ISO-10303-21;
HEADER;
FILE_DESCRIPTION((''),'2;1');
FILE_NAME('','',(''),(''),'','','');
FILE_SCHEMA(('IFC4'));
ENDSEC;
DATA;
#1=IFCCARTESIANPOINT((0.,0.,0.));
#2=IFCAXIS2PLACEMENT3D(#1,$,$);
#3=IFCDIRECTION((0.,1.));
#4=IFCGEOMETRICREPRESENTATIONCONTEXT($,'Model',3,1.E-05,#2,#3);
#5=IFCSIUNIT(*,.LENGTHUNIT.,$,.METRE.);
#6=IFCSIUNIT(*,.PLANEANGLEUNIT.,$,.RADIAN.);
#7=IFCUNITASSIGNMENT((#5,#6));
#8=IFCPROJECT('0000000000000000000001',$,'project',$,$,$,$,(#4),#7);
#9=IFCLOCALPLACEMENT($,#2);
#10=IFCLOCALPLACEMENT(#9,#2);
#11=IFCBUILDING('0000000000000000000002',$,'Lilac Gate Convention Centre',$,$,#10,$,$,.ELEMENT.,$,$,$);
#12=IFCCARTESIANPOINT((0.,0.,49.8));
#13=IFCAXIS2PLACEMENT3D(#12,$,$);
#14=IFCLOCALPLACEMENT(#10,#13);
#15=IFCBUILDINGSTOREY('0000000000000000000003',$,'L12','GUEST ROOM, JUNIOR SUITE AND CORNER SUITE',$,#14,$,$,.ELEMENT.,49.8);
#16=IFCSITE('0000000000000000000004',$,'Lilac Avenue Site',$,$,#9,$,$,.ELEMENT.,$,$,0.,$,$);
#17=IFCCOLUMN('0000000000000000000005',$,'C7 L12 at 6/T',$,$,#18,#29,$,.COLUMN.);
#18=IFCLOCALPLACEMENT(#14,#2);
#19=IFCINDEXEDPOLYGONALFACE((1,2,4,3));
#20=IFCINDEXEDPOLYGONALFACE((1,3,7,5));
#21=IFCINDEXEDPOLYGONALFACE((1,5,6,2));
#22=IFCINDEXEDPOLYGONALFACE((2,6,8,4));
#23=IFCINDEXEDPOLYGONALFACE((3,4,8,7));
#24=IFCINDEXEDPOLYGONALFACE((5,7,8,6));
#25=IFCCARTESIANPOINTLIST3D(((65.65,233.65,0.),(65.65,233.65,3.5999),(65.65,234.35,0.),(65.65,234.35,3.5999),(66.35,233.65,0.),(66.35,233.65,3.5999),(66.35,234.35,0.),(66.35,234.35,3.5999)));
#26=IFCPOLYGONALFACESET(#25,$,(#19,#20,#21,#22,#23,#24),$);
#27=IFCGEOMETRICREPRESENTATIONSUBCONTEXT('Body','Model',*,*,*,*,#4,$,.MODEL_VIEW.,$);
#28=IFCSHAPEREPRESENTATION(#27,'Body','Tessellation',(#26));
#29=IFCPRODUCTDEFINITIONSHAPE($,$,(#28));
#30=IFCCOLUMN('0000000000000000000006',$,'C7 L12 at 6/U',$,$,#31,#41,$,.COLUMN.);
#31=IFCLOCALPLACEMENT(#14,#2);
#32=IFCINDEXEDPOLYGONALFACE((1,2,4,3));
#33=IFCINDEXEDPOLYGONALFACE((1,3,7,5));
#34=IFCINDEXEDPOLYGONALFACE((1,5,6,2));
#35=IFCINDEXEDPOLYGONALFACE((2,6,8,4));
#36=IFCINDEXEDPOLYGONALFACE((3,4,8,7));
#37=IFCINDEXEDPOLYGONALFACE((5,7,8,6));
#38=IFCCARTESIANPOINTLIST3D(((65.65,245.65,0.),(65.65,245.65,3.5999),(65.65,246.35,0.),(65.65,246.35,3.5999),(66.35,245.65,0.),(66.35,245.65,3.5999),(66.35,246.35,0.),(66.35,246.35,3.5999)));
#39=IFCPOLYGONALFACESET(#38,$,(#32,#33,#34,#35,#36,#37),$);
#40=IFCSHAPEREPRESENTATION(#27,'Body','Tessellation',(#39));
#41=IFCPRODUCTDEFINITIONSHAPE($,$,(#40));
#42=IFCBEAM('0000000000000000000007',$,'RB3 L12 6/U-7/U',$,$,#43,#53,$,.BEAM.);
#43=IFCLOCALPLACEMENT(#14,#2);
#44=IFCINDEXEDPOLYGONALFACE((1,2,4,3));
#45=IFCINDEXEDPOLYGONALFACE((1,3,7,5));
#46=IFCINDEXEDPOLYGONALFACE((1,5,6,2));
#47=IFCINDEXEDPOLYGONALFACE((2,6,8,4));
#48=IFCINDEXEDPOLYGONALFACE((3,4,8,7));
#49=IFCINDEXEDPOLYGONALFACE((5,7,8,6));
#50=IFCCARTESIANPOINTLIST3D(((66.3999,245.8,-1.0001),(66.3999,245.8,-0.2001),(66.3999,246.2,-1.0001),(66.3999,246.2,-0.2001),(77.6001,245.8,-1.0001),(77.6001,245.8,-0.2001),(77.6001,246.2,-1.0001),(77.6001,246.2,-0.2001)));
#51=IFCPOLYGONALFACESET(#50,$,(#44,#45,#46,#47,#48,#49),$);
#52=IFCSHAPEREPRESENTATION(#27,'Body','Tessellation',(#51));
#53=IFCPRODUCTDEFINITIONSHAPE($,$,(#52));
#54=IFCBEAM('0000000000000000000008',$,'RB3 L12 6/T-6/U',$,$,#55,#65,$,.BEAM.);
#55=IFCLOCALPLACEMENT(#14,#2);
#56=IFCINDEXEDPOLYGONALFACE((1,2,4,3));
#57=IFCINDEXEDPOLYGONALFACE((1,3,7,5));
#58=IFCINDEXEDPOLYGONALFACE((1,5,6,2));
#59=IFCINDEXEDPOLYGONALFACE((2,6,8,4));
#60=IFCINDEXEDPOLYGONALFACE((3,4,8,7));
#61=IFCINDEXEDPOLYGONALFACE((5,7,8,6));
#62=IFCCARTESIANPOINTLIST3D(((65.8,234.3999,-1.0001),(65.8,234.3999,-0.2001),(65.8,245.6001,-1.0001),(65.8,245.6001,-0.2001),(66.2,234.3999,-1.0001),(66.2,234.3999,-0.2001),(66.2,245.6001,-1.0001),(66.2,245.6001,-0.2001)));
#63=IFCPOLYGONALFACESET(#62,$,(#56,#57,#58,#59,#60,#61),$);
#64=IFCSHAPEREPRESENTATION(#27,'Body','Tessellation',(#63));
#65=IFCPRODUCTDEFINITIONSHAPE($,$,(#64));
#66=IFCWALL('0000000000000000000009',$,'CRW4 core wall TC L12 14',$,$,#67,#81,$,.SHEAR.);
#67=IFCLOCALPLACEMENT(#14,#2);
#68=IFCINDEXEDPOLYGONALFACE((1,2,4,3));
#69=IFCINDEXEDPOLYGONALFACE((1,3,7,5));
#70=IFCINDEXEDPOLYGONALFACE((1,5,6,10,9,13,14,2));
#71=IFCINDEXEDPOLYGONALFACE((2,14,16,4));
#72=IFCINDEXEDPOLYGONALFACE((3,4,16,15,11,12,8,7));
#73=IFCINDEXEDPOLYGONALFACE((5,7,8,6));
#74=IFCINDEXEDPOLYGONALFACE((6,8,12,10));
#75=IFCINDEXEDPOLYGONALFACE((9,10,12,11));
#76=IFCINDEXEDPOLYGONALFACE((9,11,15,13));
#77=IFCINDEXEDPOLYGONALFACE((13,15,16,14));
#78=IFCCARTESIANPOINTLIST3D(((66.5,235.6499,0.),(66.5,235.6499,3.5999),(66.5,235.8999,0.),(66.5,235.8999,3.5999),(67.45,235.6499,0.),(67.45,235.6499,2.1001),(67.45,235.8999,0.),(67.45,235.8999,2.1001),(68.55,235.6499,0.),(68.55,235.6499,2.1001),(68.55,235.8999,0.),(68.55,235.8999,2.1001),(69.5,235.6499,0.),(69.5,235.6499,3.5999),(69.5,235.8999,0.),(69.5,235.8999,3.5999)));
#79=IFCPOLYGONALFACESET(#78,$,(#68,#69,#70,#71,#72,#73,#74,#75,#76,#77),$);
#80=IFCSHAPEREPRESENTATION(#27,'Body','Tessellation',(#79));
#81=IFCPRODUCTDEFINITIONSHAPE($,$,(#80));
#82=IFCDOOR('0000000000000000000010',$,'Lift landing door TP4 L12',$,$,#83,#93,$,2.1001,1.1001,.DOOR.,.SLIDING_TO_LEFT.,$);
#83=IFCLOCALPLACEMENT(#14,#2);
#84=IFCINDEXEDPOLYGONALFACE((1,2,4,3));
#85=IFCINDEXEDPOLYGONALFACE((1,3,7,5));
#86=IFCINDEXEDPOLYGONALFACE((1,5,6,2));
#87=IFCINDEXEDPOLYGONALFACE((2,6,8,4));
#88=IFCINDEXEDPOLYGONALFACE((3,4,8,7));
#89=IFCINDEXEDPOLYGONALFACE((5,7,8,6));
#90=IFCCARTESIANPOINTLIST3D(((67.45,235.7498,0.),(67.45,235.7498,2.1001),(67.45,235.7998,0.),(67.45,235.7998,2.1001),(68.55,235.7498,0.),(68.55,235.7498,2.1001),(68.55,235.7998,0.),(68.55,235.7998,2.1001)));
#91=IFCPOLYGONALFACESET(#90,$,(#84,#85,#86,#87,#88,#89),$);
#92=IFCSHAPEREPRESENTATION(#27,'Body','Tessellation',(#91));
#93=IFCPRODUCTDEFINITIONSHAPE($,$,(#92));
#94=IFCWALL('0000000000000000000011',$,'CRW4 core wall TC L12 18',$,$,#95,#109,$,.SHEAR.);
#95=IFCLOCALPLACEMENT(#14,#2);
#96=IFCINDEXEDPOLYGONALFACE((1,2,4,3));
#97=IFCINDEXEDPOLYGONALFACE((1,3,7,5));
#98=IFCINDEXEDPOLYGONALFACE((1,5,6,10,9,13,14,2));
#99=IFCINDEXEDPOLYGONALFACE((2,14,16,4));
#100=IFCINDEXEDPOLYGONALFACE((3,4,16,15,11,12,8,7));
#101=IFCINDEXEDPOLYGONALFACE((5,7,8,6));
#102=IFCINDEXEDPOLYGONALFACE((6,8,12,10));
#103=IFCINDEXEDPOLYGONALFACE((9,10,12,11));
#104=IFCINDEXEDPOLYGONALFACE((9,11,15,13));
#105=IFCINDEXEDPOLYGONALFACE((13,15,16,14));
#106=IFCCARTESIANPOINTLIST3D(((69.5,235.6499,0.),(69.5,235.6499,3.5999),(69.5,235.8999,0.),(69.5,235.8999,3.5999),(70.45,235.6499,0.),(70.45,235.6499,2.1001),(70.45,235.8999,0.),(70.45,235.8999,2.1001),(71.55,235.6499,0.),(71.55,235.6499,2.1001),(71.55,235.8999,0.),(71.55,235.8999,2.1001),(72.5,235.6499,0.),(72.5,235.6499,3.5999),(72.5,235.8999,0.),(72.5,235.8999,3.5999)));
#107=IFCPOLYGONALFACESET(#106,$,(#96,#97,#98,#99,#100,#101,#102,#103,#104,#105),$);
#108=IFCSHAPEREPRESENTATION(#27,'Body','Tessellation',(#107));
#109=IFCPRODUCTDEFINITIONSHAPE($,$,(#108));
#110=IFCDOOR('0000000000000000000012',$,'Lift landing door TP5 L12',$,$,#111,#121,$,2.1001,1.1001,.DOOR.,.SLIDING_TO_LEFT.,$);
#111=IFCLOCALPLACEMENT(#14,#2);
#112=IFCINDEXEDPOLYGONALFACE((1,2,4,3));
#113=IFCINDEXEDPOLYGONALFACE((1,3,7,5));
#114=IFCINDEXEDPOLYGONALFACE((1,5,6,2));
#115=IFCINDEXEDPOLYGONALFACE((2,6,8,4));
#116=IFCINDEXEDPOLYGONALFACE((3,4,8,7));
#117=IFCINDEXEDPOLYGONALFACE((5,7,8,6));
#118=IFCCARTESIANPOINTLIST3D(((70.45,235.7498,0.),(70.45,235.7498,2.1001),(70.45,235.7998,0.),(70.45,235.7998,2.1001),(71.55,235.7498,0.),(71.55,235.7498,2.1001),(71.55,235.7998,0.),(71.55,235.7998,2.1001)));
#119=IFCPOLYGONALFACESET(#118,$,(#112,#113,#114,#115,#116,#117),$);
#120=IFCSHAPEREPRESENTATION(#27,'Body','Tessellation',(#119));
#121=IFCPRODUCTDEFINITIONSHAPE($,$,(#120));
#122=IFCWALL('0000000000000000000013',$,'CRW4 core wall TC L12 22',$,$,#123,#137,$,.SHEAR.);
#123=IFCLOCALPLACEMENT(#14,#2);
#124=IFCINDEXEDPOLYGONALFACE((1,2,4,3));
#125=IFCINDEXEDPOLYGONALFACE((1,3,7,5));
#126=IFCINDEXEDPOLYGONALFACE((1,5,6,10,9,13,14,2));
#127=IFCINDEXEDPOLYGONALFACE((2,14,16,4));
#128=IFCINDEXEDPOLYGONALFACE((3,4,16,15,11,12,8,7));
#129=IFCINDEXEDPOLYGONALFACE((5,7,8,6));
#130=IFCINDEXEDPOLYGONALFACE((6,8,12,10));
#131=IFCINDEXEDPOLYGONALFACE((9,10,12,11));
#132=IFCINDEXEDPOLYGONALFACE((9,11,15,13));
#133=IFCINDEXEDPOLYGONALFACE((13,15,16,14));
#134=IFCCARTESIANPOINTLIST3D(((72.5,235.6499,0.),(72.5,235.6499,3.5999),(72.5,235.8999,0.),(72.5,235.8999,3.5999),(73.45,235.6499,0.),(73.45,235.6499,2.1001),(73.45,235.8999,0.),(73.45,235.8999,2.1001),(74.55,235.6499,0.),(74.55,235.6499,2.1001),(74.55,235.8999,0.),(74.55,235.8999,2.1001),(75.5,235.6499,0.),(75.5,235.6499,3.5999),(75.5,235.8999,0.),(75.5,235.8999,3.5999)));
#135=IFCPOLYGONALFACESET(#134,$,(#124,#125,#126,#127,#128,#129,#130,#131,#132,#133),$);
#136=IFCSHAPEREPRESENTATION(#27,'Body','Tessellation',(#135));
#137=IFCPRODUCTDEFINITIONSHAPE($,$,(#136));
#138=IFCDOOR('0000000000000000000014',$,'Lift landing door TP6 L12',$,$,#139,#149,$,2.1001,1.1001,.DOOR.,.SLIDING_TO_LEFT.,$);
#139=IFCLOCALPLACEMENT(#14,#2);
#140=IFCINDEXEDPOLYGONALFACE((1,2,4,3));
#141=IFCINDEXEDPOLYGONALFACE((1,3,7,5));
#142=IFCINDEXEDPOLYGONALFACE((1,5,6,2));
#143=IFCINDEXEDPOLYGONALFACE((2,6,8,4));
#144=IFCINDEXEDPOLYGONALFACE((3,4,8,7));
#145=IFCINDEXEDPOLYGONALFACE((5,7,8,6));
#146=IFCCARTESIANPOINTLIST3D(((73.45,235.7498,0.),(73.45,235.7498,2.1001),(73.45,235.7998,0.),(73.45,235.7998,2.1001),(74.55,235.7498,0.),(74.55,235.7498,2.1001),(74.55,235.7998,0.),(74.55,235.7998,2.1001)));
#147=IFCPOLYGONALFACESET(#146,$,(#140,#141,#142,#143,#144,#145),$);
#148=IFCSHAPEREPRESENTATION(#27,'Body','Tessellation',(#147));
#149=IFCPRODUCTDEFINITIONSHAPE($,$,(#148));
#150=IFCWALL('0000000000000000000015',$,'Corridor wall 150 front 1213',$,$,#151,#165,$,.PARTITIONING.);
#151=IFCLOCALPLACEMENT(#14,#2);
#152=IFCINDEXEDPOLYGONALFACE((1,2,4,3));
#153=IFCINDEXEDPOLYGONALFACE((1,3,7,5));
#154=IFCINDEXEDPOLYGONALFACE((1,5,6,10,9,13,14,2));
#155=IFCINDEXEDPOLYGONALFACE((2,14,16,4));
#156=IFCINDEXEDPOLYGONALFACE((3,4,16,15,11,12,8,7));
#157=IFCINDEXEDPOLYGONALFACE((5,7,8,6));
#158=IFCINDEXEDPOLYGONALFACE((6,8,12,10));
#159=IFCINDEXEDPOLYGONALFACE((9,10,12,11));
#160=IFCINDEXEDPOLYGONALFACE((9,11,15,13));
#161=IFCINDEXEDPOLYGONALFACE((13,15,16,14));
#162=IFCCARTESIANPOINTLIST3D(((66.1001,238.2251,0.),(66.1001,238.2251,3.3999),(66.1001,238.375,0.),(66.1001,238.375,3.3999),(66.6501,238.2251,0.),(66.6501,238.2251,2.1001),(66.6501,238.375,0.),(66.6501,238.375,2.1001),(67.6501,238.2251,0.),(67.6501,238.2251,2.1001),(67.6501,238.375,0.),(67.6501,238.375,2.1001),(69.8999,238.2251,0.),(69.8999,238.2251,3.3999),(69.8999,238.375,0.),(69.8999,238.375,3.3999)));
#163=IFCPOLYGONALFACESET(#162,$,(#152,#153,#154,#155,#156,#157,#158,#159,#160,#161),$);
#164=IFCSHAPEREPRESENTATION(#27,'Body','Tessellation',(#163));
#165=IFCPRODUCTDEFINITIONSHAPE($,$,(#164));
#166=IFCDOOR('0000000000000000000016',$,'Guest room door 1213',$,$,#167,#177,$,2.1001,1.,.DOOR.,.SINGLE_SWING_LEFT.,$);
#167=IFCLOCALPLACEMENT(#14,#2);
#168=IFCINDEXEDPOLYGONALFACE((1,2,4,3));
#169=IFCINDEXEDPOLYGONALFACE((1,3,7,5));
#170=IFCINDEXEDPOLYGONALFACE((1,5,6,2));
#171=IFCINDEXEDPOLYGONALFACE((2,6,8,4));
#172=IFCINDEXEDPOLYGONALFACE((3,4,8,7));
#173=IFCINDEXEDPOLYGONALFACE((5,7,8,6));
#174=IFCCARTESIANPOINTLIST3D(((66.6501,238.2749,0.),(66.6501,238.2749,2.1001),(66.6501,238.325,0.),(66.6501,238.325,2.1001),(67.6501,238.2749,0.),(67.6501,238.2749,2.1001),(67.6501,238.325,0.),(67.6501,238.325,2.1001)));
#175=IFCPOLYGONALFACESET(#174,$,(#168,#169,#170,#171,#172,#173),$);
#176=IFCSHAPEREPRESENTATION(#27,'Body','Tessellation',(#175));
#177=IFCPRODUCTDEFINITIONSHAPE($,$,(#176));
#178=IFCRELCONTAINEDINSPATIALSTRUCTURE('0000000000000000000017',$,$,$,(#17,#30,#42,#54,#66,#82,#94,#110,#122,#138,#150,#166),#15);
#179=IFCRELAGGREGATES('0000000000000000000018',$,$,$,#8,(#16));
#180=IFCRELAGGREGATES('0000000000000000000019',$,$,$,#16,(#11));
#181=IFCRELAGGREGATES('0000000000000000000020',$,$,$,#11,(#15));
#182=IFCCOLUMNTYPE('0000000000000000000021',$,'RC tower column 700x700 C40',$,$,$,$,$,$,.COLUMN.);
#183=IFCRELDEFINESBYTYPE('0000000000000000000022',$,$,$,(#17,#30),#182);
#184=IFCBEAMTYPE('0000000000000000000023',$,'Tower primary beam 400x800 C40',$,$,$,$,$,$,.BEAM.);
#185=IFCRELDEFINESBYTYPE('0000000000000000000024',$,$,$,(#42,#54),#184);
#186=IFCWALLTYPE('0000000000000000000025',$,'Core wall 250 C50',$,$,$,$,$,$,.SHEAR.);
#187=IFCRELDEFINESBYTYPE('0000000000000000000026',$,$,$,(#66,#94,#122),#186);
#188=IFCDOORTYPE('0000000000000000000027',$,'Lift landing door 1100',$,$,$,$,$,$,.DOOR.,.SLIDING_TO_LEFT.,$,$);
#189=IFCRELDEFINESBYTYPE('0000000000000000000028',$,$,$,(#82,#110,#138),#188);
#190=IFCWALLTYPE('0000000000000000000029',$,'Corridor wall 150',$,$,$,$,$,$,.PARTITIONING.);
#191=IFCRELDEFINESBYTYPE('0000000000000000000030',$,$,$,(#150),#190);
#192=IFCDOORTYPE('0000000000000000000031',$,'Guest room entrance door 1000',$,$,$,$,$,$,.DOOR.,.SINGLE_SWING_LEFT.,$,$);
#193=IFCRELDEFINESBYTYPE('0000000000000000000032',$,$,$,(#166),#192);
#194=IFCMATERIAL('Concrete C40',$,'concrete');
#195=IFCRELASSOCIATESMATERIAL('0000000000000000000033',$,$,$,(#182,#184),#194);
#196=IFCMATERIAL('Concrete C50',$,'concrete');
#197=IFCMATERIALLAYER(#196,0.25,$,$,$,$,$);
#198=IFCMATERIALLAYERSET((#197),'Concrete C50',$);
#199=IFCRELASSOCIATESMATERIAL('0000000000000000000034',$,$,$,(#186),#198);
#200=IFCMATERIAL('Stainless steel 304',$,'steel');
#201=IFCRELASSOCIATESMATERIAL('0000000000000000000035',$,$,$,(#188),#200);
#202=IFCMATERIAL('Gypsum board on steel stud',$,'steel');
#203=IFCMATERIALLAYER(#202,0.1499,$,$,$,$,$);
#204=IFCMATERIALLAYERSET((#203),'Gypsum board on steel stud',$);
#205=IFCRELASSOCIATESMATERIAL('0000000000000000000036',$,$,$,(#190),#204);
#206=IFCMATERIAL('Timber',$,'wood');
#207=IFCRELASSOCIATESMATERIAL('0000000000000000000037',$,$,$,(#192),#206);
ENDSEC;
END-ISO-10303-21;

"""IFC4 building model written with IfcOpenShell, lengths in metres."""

from ifc_helpers import new_model, si_unit, direction, frame, frame_2d, origin, origin_2d, place, context, subcontext, project, spatial, rectangle, extrude, material, layer, layer_set, material_profile, profile_set, type_object, element, fill, save


model = new_model("IFC4")

# Units and contexts
model_context = context("Model", 3, precision=1e-05, world=origin(), true_north=direction((0.0, 1.0)))
body_context = subcontext(model_context, "Body", "Model", "MODEL_VIEW")
ifc_project = project(units=[si_unit("LENGTHUNIT", "METRE"), si_unit("PLANEANGLEUNIT", "RADIAN")], contexts=[model_context])

# Site, building, storey
site_placement = place(None, origin())
site = spatial("IfcSite", under=ifc_project, at=site_placement, Name="Lilac Avenue Site", CompositionType="ELEMENT", RefElevation=0.0)
building_placement = place(site_placement, origin())
building = spatial("IfcBuilding", under=site, at=building_placement, Name="Lilac Gate Convention Centre", CompositionType="ELEMENT")
storey_placement = place(building_placement, frame((0.0, 0.0, 49.8)))
storey = spatial("IfcBuildingStorey", under=building, at=storey_placement, Name="L12", Description="GUEST ROOM, JUNIOR SUITE AND CORNER SUITE", CompositionType="ELEMENT", Elevation=49.8)

# Columns
ifc_material_1 = material(Name="Concrete C40", Category="concrete")
ifc_material_profile_1 = material_profile(ifc_material_1, rectangle(XDim=0.7, YDim=0.7, at=origin_2d()), Name="RC 700x700")
ifc_profile_set_1 = profile_set([ifc_material_profile_1], Name="Concrete C40")
column_type = type_object("IfcColumnType", Name="RC tower column 700x700 C40", PredefinedType="COLUMN", material=ifc_profile_set_1)
for number, where, z_axis, x_axis, name in (
    (1, (66.0, 234.0, 0.0), (0.0, 0.0, 1.0), (1.0, 0.0, 0.0), "C7 L12 at 6/T"),
    (2, (66.0, 246.0, 0.0), (0.0, 0.0, 1.0), (1.0, 0.0, 0.0), "C7 L12 at 6/U"),
):
    element("IfcColumn", number, at=place(storey_placement, frame(where, z_axis=z_axis, x_axis=x_axis)), inside=storey, type_object=column_type, Name=name, PredefinedType="COLUMN", context=body_context, shape_type="SweptSolid", body=[
        extrude(rectangle(XDim=0.7, YDim=0.7, at=origin_2d()), origin(), (0.0, 0.0, 1.0), 3.5999),
    ])

# Beams
ifc_material_profile_2 = material_profile(ifc_material_1, rectangle(XDim=0.3999, YDim=0.8, at=origin_2d()), Name="RC 400x800")
ifc_profile_set_2 = profile_set([ifc_material_profile_2], Name="Concrete C40")
beam_type = type_object("IfcBeamType", Name="Tower primary beam 400x800 C40", PredefinedType="BEAM", material=ifc_profile_set_2)
for number, where, z_axis, x_axis, name in (
    (3, (66.3999, 246.0, -0.6001), (1.0, 0.0, 0.0), (0.0, 1.0, 0.0), "RB3 L12 6/U-7/U"),
    (4, (66.0, 234.3999, -0.6001), (0.0, 1.0, 0.0), (-1.0, 0.0, 0.0), "RB3 L12 6/T-6/U"),
):
    element("IfcBeam", number, at=place(storey_placement, frame(where, z_axis=z_axis, x_axis=x_axis)), inside=storey, type_object=beam_type, Name=name, PredefinedType="BEAM", context=body_context, shape_type="SweptSolid", body=[
        extrude(rectangle(XDim=0.3999, YDim=0.8, at=origin_2d()), origin(), (0.0, 0.0, 1.0), 11.2002),
    ])

# Walls, openings, doors
ifc_material_2 = material(Name="Concrete C50", Category="concrete")
ifc_layer_1 = layer(ifc_material_2, 0.25)
ifc_layer_set_1 = layer_set([ifc_layer_1], Name="Concrete C50")
wall_type_1 = type_object("IfcWallType", Name="Core wall 250 C50", PredefinedType="SHEAR", material=ifc_layer_set_1)
wall_1_placement = place(storey_placement, frame((66.5, 235.7749, 0.0), z_axis=(0.0, 0.0, 1.0), x_axis=(1.0, 0.0, 0.0)))
wall_1 = element("IfcWall", 5, at=wall_1_placement, inside=storey, type_object=wall_type_1, Name="CRW4 core wall TC L12 14", PredefinedType="SHEAR", context=body_context, shape_type="SweptSolid", body=[
    extrude(rectangle(XDim=3.0, YDim=0.25, at=frame_2d((1.5, 0.0))), origin(), (0.0, 0.0, 1.0), 3.5999),
])
opening_1_placement = place(wall_1_placement, frame((0.95, 0.0, 0.0)))
opening_1 = element("IfcOpeningElement", 6, at=opening_1_placement, cuts=wall_1, PredefinedType="OPENING", context=body_context, shape_type="SweptSolid", body=[
    extrude(rectangle(XDim=1.1001, YDim=2.1001, at=frame_2d((0.55, 1.05))), frame((0.0, 0.135, 0.0), z_axis=(0.0, -1.0, 0.0), x_axis=(1.0, 0.0, 0.0)), (0.0, 0.0, 1.0), 0.27),
])
ifc_material_3 = material(Name="Stainless steel 304", Category="steel")
door_type_1 = type_object("IfcDoorType", Name="Lift landing door 1100", OperationType="SLIDING_TO_LEFT", PredefinedType="DOOR", material=ifc_material_3)
door_1_placement = place(opening_1_placement, origin())
door_1 = element("IfcDoor", 7, at=door_1_placement, inside=storey, type_object=door_type_1, Name="Lift landing door TP4 L12", OperationType="SLIDING_TO_LEFT", OverallHeight=2.1001, OverallWidth=1.1001, PredefinedType="DOOR", context=body_context, shape_type="SweptSolid", body=[
    extrude(rectangle(XDim=1.1001, YDim=2.1001, at=frame_2d((0.55, 1.05))), frame((0.0, 0.0249, 0.0), z_axis=(0.0, -1.0, 0.0), x_axis=(1.0, 0.0, 0.0)), (0.0, 0.0, 1.0), 0.05),
])
fill(opening_1, door_1)
wall_2_placement = place(storey_placement, frame((69.5, 235.7749, 0.0), z_axis=(0.0, 0.0, 1.0), x_axis=(1.0, 0.0, 0.0)))
wall_2 = element("IfcWall", 8, at=wall_2_placement, inside=storey, type_object=wall_type_1, Name="CRW4 core wall TC L12 18", PredefinedType="SHEAR", context=body_context, shape_type="SweptSolid", body=[
    extrude(rectangle(XDim=3.0, YDim=0.25, at=frame_2d((1.5, 0.0))), origin(), (0.0, 0.0, 1.0), 3.5999),
])
opening_2_placement = place(wall_2_placement, frame((0.95, 0.0, 0.0)))
opening_2 = element("IfcOpeningElement", 9, at=opening_2_placement, cuts=wall_2, PredefinedType="OPENING", context=body_context, shape_type="SweptSolid", body=[
    extrude(rectangle(XDim=1.1001, YDim=2.1001, at=frame_2d((0.55, 1.05))), frame((0.0, 0.135, 0.0), z_axis=(0.0, -1.0, 0.0), x_axis=(1.0, 0.0, 0.0)), (0.0, 0.0, 1.0), 0.27),
])
door_2_placement = place(opening_2_placement, origin())
door_2 = element("IfcDoor", 10, at=door_2_placement, inside=storey, type_object=door_type_1, Name="Lift landing door TP5 L12", OperationType="SLIDING_TO_LEFT", OverallHeight=2.1001, OverallWidth=1.1001, PredefinedType="DOOR", context=body_context, shape_type="SweptSolid", body=[
    extrude(rectangle(XDim=1.1001, YDim=2.1001, at=frame_2d((0.55, 1.05))), frame((0.0, 0.0249, 0.0), z_axis=(0.0, -1.0, 0.0), x_axis=(1.0, 0.0, 0.0)), (0.0, 0.0, 1.0), 0.05),
])
fill(opening_2, door_2)
wall_3_placement = place(storey_placement, frame((72.5, 235.7749, 0.0), z_axis=(0.0, 0.0, 1.0), x_axis=(1.0, 0.0, 0.0)))
wall_3 = element("IfcWall", 11, at=wall_3_placement, inside=storey, type_object=wall_type_1, Name="CRW4 core wall TC L12 22", PredefinedType="SHEAR", context=body_context, shape_type="SweptSolid", body=[
    extrude(rectangle(XDim=3.0, YDim=0.25, at=frame_2d((1.5, 0.0))), origin(), (0.0, 0.0, 1.0), 3.5999),
])
opening_3_placement = place(wall_3_placement, frame((0.95, 0.0, 0.0)))
opening_3 = element("IfcOpeningElement", 12, at=opening_3_placement, cuts=wall_3, PredefinedType="OPENING", context=body_context, shape_type="SweptSolid", body=[
    extrude(rectangle(XDim=1.1001, YDim=2.1001, at=frame_2d((0.55, 1.05))), frame((0.0, 0.135, 0.0), z_axis=(0.0, -1.0, 0.0), x_axis=(1.0, 0.0, 0.0)), (0.0, 0.0, 1.0), 0.27),
])
door_3_placement = place(opening_3_placement, origin())
door_3 = element("IfcDoor", 13, at=door_3_placement, inside=storey, type_object=door_type_1, Name="Lift landing door TP6 L12", OperationType="SLIDING_TO_LEFT", OverallHeight=2.1001, OverallWidth=1.1001, PredefinedType="DOOR", context=body_context, shape_type="SweptSolid", body=[
    extrude(rectangle(XDim=1.1001, YDim=2.1001, at=frame_2d((0.55, 1.05))), frame((0.0, 0.0249, 0.0), z_axis=(0.0, -1.0, 0.0), x_axis=(1.0, 0.0, 0.0)), (0.0, 0.0, 1.0), 0.05),
])
fill(opening_3, door_3)
ifc_material_4 = material(Name="Gypsum board on steel stud", Category="steel")
ifc_layer_2 = layer(ifc_material_4, 0.1499)
ifc_layer_set_2 = layer_set([ifc_layer_2], Name="Gypsum board on steel stud")
wall_type_2 = type_object("IfcWallType", Name="Corridor wall 150", PredefinedType="PARTITIONING", material=ifc_layer_set_2)
wall_4_placement = place(storey_placement, frame((66.1001, 238.3, 0.0), z_axis=(0.0, 0.0, 1.0), x_axis=(1.0, 0.0, 0.0)))
wall_4 = element("IfcWall", 14, at=wall_4_placement, inside=storey, type_object=wall_type_2, Name="Corridor wall 150 front 1213", PredefinedType="PARTITIONING", context=body_context, shape_type="SweptSolid", body=[
    extrude(rectangle(XDim=3.7998, YDim=0.1499, at=frame_2d((1.8999, 0.0))), origin(), (0.0, 0.0, 1.0), 3.3999),
])
opening_4_placement = place(wall_4_placement, frame((0.55, 0.0, 0.0)))
opening_4 = element("IfcOpeningElement", 15, at=opening_4_placement, cuts=wall_4, PredefinedType="OPENING", context=body_context, shape_type="SweptSolid", body=[
    extrude(rectangle(XDim=1.0, YDim=2.1001, at=frame_2d((0.5, 1.05))), frame((0.0, 0.085, 0.0), z_axis=(0.0, -1.0, 0.0), x_axis=(1.0, 0.0, 0.0)), (0.0, 0.0, 1.0), 0.1699),
])
ifc_material_5 = material(Name="Timber", Category="wood")
door_type_2 = type_object("IfcDoorType", Name="Guest room entrance door 1000", OperationType="SINGLE_SWING_LEFT", PredefinedType="DOOR", material=ifc_material_5)
door_4_placement = place(opening_4_placement, origin())
door_4 = element("IfcDoor", 16, at=door_4_placement, inside=storey, type_object=door_type_2, Name="Guest room door 1213", OperationType="SINGLE_SWING_LEFT", OverallHeight=2.1001, OverallWidth=1.0, PredefinedType="DOOR", context=body_context, shape_type="SweptSolid", body=[
    extrude(rectangle(XDim=1.0, YDim=2.1001, at=frame_2d((0.5, 1.05))), frame((0.0, 0.0249, 0.0), z_axis=(0.0, -1.0, 0.0), x_axis=(1.0, 0.0, 0.0)), (0.0, 0.0, 1.0), 0.05),
])
fill(opening_4, door_4)

save(model, "model.ifc")
